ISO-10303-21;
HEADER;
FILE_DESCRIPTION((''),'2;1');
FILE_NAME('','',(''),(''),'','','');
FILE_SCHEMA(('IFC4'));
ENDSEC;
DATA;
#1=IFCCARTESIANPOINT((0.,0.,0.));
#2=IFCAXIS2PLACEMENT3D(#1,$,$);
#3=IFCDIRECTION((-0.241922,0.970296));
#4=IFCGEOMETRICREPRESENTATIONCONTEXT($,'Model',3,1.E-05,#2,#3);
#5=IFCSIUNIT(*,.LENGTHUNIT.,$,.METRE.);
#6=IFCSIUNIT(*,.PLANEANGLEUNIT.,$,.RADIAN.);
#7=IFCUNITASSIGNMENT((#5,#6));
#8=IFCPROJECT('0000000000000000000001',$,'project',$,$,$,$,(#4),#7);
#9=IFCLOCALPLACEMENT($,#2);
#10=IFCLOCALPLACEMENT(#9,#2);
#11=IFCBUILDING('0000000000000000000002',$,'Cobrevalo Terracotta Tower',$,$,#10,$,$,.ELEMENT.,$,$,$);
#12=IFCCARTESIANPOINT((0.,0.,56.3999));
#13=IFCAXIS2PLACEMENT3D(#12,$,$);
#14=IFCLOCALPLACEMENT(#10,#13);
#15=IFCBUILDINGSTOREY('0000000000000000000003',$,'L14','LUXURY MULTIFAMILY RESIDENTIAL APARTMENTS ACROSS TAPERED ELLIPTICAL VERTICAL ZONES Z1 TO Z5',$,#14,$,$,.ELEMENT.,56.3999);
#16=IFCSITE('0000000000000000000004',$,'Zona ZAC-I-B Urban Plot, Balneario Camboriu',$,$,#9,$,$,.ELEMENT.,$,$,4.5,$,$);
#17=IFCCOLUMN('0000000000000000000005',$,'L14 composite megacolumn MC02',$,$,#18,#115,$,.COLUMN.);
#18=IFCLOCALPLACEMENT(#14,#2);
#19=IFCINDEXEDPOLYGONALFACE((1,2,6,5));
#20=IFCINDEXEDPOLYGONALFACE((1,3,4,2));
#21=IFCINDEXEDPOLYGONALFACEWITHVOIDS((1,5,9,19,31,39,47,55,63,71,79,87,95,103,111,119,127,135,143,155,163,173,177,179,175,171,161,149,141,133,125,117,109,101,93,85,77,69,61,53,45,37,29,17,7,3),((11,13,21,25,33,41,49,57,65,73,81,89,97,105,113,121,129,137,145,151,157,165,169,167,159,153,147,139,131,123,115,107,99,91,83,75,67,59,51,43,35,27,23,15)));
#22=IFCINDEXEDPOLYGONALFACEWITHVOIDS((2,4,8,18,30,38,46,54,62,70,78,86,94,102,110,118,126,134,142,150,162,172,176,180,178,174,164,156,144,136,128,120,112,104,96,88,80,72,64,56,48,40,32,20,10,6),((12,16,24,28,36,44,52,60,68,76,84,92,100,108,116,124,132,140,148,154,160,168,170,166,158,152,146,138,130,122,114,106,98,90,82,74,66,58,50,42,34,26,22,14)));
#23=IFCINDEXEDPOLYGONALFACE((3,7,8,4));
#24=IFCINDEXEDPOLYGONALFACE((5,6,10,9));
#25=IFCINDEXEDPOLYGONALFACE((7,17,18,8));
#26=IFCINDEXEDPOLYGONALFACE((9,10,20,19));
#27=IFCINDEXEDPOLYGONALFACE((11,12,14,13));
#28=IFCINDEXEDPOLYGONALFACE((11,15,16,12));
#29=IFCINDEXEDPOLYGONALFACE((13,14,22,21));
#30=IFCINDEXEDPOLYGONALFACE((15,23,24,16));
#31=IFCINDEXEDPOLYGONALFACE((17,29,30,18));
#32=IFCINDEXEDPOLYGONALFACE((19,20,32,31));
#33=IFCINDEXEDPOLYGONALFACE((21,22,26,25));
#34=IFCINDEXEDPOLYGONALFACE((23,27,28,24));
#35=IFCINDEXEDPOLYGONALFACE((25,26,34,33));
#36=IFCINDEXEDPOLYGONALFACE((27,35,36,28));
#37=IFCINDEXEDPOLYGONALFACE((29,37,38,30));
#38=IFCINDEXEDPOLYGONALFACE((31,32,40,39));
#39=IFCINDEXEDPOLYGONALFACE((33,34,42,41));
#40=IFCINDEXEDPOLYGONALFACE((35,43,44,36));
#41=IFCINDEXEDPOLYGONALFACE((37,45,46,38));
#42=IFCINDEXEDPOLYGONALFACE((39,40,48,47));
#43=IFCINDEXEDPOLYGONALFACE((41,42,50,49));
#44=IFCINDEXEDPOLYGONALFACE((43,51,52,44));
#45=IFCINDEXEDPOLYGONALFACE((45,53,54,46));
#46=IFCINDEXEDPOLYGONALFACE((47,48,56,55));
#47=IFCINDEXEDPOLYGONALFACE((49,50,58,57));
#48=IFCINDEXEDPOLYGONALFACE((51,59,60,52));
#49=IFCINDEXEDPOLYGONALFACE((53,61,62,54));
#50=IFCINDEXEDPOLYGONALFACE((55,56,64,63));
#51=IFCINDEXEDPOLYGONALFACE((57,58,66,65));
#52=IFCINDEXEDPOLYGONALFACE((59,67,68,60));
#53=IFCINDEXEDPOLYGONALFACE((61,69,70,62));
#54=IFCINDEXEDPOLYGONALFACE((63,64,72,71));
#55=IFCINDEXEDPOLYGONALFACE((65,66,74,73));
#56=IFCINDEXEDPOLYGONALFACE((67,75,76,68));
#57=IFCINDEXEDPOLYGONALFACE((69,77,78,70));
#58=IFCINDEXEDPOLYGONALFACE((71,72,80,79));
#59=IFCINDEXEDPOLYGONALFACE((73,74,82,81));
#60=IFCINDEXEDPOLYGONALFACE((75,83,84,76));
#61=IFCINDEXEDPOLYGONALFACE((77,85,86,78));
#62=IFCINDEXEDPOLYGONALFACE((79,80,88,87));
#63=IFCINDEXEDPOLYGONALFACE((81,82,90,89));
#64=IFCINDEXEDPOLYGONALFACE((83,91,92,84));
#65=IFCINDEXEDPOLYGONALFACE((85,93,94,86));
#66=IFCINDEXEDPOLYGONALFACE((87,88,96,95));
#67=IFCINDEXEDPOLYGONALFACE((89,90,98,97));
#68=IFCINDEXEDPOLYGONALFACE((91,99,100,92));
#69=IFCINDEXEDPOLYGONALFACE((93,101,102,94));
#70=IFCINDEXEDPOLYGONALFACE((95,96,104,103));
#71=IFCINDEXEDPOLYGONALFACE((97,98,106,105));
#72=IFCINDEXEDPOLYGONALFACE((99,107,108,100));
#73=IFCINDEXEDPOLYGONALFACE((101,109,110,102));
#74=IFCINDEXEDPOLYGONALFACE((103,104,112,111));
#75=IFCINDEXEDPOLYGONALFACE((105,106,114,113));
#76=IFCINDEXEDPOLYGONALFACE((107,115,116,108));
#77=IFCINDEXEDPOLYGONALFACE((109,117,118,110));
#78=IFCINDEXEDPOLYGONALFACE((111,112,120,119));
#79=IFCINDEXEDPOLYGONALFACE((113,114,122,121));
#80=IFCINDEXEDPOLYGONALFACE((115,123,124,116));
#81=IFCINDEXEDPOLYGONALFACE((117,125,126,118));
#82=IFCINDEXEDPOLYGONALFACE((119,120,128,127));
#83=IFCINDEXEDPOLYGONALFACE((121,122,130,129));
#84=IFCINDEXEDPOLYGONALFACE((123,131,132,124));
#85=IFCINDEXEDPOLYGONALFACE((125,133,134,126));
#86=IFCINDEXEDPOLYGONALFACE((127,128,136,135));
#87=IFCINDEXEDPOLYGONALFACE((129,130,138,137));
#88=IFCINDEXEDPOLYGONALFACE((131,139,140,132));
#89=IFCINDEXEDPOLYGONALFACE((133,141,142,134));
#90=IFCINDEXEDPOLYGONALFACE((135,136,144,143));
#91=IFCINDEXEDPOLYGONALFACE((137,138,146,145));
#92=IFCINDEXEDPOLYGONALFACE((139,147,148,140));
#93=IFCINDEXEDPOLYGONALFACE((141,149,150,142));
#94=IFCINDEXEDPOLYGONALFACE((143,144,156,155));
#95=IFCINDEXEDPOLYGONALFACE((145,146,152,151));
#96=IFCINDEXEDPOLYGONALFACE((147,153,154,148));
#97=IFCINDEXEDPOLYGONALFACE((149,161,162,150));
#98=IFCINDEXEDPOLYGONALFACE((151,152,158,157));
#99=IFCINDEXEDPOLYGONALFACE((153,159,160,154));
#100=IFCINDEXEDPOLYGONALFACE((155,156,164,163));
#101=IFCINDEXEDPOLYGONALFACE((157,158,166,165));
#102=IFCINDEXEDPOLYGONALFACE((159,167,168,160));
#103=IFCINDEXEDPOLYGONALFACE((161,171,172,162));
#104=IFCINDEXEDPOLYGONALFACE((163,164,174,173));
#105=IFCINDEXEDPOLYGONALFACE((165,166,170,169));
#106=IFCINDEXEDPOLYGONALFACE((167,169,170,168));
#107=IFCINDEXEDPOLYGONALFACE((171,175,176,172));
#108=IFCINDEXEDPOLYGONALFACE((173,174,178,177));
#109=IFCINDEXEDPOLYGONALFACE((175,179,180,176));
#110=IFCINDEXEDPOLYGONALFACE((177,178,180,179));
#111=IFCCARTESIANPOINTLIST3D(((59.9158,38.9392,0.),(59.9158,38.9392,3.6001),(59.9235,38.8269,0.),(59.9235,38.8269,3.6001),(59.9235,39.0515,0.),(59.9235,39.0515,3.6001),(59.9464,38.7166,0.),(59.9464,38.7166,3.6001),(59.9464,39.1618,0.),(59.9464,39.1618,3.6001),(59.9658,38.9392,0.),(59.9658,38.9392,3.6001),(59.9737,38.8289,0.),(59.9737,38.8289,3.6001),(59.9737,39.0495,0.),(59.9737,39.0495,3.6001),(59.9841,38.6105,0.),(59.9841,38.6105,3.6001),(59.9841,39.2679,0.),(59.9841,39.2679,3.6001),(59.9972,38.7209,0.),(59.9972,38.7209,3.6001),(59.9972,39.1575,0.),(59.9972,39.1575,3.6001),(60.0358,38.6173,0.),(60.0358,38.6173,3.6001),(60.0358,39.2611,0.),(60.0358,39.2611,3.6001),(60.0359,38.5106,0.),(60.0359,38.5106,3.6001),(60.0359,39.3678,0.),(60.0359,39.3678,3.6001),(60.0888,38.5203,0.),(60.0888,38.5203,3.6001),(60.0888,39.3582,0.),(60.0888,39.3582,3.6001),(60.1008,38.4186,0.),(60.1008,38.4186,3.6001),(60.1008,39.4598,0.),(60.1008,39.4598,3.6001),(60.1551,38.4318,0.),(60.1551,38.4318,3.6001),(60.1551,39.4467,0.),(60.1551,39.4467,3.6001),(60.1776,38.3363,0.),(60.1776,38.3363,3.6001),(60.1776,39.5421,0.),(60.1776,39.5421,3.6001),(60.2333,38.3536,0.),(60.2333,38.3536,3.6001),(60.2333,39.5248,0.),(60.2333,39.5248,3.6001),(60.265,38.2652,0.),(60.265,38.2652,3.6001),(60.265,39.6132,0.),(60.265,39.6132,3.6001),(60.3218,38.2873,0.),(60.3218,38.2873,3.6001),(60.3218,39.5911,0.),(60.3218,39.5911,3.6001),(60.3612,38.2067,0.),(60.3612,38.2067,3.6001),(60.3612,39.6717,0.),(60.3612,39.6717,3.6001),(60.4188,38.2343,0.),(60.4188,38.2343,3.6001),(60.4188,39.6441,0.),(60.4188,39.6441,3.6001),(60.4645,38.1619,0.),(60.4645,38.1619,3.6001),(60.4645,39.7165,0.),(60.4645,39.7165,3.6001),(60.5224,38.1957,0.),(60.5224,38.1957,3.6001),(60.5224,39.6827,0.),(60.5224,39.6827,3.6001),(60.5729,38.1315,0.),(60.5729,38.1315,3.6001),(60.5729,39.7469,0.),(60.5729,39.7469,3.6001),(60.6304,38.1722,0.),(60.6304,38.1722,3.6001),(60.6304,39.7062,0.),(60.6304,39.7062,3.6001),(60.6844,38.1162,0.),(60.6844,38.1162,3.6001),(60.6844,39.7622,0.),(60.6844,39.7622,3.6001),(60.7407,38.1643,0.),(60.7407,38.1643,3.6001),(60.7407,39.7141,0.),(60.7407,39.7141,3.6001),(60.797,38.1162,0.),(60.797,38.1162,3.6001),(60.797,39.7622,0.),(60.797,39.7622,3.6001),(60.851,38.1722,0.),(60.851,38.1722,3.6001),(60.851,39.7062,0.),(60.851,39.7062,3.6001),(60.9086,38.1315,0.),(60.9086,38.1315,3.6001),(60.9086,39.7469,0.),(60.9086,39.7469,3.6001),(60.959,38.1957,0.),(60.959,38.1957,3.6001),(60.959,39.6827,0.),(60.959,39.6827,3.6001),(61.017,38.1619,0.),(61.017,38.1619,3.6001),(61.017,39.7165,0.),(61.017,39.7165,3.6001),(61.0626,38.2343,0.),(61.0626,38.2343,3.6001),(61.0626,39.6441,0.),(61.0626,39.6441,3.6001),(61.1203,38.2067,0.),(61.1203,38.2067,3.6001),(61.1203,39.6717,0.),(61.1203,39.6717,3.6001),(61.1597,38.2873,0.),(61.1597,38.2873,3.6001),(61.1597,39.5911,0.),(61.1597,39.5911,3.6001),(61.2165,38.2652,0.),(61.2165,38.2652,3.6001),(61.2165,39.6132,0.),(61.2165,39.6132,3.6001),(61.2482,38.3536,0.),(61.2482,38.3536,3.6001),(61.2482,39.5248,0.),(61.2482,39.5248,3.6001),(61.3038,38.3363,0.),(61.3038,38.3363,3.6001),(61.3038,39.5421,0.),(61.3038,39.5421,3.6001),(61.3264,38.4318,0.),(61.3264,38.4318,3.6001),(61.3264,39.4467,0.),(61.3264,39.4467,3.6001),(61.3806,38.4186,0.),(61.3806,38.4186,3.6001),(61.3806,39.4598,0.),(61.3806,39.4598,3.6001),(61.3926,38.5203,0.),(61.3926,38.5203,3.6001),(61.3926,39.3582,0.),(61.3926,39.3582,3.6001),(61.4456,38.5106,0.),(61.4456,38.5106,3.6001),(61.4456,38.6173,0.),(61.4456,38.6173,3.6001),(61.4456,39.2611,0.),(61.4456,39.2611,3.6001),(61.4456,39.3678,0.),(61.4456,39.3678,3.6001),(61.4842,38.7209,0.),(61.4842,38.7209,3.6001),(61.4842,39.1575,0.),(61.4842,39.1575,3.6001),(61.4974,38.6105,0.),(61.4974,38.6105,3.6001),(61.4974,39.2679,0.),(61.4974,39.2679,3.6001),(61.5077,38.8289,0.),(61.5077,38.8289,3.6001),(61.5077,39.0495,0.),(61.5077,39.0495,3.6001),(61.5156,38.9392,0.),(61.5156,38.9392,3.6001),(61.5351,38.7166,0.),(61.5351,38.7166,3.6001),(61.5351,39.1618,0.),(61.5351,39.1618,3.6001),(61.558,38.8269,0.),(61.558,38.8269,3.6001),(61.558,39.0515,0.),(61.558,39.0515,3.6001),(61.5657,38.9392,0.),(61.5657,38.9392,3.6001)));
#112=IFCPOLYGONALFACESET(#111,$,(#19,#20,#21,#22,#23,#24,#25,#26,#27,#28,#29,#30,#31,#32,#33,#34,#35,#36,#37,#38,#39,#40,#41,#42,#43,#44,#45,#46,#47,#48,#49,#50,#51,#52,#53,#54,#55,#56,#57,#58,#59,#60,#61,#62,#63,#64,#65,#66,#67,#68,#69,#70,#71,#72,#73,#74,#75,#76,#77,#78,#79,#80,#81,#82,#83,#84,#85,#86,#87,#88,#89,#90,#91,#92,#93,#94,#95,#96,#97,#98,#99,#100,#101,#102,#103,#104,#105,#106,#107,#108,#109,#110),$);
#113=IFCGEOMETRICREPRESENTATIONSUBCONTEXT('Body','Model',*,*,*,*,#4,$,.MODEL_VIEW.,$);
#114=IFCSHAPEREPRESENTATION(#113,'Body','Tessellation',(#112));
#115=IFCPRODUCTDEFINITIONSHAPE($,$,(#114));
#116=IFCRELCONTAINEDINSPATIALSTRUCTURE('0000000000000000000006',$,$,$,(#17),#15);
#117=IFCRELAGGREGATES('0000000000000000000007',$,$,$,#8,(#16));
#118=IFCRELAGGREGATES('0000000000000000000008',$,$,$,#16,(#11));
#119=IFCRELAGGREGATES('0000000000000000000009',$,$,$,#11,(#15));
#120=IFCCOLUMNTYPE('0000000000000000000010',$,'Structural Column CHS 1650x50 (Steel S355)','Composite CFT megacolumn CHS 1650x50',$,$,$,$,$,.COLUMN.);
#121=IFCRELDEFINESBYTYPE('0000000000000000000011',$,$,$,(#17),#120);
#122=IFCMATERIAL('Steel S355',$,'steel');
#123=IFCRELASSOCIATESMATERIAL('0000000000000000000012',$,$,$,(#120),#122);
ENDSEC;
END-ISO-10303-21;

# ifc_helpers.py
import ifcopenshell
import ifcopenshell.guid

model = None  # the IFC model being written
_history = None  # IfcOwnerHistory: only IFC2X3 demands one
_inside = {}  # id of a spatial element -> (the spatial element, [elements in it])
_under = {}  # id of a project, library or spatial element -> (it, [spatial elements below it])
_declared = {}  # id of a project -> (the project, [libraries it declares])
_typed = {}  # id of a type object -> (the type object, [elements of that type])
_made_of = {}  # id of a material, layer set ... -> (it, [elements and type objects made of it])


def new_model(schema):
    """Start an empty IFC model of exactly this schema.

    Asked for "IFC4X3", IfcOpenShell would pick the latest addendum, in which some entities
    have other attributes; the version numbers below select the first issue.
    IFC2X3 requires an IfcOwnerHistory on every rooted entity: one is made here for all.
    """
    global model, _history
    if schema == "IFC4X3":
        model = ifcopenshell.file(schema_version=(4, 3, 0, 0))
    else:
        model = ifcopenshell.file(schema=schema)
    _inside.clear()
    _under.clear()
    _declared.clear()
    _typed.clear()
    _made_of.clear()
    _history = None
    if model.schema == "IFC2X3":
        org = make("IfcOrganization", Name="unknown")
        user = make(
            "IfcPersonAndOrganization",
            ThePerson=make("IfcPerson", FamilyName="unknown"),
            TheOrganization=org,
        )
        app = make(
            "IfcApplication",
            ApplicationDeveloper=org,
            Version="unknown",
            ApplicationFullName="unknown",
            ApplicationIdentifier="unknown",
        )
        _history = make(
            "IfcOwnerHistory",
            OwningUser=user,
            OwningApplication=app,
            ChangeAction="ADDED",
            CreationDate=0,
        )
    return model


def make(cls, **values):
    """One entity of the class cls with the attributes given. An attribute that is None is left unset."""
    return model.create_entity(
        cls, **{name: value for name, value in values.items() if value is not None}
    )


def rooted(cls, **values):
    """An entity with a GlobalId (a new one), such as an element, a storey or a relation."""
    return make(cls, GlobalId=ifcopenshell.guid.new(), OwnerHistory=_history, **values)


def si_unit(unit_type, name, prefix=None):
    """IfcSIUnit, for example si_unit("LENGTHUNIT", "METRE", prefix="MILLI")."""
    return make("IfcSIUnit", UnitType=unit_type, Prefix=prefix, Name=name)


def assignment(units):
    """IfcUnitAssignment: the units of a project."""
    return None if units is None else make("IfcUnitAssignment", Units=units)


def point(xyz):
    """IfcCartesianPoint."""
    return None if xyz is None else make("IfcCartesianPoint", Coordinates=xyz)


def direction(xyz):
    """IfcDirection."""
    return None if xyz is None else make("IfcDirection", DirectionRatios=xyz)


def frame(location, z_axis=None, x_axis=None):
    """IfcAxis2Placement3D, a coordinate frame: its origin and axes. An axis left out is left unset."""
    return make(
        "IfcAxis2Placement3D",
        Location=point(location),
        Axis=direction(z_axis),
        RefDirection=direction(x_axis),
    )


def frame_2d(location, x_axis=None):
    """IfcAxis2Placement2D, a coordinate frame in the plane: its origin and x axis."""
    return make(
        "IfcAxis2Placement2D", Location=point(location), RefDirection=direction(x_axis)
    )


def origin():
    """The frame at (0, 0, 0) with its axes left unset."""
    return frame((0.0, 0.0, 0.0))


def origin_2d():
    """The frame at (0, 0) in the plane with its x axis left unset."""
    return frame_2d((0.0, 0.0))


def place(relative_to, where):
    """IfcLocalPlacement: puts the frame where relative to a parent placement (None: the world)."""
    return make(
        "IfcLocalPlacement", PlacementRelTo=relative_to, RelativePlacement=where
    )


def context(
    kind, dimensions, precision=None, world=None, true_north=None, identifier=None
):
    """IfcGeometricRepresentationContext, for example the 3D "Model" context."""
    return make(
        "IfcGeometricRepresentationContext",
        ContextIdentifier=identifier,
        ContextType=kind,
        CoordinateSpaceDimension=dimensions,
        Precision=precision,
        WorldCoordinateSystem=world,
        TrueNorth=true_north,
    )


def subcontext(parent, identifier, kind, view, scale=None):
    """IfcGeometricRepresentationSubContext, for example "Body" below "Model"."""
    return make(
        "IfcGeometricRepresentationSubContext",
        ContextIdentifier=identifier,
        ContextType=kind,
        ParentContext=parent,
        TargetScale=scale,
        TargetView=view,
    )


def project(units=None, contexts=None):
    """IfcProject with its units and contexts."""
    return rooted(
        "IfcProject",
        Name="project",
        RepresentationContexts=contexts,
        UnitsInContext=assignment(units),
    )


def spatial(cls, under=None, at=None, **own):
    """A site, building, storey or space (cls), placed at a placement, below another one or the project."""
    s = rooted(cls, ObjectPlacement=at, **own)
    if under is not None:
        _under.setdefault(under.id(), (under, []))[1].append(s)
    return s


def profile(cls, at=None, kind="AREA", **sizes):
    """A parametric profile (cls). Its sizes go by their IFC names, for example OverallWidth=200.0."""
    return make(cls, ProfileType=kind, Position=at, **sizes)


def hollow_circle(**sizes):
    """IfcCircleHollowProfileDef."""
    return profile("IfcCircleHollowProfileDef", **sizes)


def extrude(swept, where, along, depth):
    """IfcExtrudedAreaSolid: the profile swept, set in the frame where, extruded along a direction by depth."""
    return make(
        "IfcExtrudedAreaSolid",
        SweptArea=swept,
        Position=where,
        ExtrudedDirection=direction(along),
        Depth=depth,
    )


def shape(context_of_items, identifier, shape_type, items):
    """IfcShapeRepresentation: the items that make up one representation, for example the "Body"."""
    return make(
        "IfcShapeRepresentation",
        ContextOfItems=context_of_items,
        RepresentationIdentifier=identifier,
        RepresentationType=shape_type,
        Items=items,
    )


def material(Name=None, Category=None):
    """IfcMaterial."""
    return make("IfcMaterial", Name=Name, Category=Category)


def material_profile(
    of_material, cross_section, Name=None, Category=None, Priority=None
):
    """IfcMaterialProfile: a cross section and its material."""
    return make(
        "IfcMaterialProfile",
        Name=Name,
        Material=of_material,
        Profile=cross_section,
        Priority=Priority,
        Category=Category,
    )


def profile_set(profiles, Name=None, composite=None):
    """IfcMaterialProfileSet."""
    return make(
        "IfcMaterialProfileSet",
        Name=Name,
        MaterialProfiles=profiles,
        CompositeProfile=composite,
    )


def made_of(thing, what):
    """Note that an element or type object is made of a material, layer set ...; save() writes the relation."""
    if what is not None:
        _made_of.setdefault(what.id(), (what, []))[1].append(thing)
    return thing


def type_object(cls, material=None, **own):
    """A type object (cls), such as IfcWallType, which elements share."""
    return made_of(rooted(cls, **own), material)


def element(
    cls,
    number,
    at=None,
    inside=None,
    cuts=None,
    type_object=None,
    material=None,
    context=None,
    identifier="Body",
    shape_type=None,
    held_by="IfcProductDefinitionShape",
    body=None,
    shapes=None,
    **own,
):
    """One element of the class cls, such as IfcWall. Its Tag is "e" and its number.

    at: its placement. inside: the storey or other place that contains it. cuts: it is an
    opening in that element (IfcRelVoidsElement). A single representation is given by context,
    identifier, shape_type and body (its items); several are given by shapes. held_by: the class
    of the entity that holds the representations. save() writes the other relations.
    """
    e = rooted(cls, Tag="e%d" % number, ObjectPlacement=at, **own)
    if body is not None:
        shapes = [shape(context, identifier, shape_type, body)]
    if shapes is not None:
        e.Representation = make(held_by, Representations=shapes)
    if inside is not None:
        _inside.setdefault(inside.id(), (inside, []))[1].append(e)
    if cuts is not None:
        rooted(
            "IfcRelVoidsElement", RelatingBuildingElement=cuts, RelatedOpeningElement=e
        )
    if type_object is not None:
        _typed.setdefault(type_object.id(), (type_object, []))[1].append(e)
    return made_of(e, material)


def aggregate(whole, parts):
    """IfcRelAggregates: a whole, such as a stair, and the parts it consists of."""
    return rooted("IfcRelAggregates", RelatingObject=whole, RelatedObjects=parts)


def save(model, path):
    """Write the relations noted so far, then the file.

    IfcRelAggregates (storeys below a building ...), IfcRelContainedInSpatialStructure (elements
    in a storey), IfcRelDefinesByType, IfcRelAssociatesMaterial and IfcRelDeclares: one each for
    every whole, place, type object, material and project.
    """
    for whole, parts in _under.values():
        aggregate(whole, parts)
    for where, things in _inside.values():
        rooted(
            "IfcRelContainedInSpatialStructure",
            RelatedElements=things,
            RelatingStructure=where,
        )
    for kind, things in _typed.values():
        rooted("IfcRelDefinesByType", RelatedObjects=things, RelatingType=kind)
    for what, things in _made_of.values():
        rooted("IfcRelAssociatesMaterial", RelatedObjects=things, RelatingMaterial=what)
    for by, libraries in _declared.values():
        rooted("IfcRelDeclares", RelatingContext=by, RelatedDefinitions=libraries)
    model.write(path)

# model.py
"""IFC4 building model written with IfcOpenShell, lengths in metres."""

from ifc_helpers import new_model, si_unit, direction, frame, origin, origin_2d, place, context, subcontext, project, spatial, hollow_circle, extrude, material, material_profile, profile_set, type_object, element, save


model = new_model("IFC4")

# Units and contexts
model_context = context("Model", 3, precision=1e-05, world=origin(), true_north=direction((-0.241922, 0.970296)))
body_context = subcontext(model_context, "Body", "Model", "MODEL_VIEW")
ifc_project = project(units=[si_unit("LENGTHUNIT", "METRE"), si_unit("PLANEANGLEUNIT", "RADIAN")], contexts=[model_context])

# Site, building, storey
site_placement = place(None, origin())
site = spatial("IfcSite", under=ifc_project, at=site_placement, Name="Zona ZAC-I-B Urban Plot, Balneario Camboriu", CompositionType="ELEMENT", RefElevation=4.5)
building_placement = place(site_placement, origin())
building = spatial("IfcBuilding", under=site, at=building_placement, Name="Cobrevalo Terracotta Tower", CompositionType="ELEMENT")
storey_placement = place(building_placement, frame((0.0, 0.0, 56.3999)))
storey = spatial("IfcBuildingStorey", under=building, at=storey_placement, Name="L14", Description="LUXURY MULTIFAMILY RESIDENTIAL APARTMENTS ACROSS TAPERED ELLIPTICAL VERTICAL ZONES Z1 TO Z5", CompositionType="ELEMENT", Elevation=56.3999)

# Column
ifc_material_1 = material(Name="Steel S355", Category="steel")
ifc_material_profile_1 = material_profile(ifc_material_1, hollow_circle(Radius=0.825, WallThickness=0.05, at=origin_2d()), Name="CHS 1650x50")
ifc_profile_set_1 = profile_set([ifc_material_profile_1], Name="Steel S355")
column_type = type_object("IfcColumnType", Name="Structural Column CHS 1650x50 (Steel S355)", Description="Composite CFT megacolumn CHS 1650x50", PredefinedType="COLUMN", material=ifc_profile_set_1)
for number, where, z_axis, x_axis, name in (
    (1, (60.7407, 38.9392, 0.0), (0.0, 0.0, 1.0), (1.0, 0.0, 0.0), "L14 composite megacolumn MC02"),
):
    element("IfcColumn", number, at=place(storey_placement, frame(where, z_axis=z_axis, x_axis=x_axis)), inside=storey, type_object=column_type, Name=name, PredefinedType="COLUMN", context=body_context, shape_type="SweptSolid", body=[
        extrude(hollow_circle(Radius=0.825, WallThickness=0.05, at=origin_2d()), origin(), (0.0, 0.0, 1.0), 3.6001),
    ])

save(model, "model.ifc")
